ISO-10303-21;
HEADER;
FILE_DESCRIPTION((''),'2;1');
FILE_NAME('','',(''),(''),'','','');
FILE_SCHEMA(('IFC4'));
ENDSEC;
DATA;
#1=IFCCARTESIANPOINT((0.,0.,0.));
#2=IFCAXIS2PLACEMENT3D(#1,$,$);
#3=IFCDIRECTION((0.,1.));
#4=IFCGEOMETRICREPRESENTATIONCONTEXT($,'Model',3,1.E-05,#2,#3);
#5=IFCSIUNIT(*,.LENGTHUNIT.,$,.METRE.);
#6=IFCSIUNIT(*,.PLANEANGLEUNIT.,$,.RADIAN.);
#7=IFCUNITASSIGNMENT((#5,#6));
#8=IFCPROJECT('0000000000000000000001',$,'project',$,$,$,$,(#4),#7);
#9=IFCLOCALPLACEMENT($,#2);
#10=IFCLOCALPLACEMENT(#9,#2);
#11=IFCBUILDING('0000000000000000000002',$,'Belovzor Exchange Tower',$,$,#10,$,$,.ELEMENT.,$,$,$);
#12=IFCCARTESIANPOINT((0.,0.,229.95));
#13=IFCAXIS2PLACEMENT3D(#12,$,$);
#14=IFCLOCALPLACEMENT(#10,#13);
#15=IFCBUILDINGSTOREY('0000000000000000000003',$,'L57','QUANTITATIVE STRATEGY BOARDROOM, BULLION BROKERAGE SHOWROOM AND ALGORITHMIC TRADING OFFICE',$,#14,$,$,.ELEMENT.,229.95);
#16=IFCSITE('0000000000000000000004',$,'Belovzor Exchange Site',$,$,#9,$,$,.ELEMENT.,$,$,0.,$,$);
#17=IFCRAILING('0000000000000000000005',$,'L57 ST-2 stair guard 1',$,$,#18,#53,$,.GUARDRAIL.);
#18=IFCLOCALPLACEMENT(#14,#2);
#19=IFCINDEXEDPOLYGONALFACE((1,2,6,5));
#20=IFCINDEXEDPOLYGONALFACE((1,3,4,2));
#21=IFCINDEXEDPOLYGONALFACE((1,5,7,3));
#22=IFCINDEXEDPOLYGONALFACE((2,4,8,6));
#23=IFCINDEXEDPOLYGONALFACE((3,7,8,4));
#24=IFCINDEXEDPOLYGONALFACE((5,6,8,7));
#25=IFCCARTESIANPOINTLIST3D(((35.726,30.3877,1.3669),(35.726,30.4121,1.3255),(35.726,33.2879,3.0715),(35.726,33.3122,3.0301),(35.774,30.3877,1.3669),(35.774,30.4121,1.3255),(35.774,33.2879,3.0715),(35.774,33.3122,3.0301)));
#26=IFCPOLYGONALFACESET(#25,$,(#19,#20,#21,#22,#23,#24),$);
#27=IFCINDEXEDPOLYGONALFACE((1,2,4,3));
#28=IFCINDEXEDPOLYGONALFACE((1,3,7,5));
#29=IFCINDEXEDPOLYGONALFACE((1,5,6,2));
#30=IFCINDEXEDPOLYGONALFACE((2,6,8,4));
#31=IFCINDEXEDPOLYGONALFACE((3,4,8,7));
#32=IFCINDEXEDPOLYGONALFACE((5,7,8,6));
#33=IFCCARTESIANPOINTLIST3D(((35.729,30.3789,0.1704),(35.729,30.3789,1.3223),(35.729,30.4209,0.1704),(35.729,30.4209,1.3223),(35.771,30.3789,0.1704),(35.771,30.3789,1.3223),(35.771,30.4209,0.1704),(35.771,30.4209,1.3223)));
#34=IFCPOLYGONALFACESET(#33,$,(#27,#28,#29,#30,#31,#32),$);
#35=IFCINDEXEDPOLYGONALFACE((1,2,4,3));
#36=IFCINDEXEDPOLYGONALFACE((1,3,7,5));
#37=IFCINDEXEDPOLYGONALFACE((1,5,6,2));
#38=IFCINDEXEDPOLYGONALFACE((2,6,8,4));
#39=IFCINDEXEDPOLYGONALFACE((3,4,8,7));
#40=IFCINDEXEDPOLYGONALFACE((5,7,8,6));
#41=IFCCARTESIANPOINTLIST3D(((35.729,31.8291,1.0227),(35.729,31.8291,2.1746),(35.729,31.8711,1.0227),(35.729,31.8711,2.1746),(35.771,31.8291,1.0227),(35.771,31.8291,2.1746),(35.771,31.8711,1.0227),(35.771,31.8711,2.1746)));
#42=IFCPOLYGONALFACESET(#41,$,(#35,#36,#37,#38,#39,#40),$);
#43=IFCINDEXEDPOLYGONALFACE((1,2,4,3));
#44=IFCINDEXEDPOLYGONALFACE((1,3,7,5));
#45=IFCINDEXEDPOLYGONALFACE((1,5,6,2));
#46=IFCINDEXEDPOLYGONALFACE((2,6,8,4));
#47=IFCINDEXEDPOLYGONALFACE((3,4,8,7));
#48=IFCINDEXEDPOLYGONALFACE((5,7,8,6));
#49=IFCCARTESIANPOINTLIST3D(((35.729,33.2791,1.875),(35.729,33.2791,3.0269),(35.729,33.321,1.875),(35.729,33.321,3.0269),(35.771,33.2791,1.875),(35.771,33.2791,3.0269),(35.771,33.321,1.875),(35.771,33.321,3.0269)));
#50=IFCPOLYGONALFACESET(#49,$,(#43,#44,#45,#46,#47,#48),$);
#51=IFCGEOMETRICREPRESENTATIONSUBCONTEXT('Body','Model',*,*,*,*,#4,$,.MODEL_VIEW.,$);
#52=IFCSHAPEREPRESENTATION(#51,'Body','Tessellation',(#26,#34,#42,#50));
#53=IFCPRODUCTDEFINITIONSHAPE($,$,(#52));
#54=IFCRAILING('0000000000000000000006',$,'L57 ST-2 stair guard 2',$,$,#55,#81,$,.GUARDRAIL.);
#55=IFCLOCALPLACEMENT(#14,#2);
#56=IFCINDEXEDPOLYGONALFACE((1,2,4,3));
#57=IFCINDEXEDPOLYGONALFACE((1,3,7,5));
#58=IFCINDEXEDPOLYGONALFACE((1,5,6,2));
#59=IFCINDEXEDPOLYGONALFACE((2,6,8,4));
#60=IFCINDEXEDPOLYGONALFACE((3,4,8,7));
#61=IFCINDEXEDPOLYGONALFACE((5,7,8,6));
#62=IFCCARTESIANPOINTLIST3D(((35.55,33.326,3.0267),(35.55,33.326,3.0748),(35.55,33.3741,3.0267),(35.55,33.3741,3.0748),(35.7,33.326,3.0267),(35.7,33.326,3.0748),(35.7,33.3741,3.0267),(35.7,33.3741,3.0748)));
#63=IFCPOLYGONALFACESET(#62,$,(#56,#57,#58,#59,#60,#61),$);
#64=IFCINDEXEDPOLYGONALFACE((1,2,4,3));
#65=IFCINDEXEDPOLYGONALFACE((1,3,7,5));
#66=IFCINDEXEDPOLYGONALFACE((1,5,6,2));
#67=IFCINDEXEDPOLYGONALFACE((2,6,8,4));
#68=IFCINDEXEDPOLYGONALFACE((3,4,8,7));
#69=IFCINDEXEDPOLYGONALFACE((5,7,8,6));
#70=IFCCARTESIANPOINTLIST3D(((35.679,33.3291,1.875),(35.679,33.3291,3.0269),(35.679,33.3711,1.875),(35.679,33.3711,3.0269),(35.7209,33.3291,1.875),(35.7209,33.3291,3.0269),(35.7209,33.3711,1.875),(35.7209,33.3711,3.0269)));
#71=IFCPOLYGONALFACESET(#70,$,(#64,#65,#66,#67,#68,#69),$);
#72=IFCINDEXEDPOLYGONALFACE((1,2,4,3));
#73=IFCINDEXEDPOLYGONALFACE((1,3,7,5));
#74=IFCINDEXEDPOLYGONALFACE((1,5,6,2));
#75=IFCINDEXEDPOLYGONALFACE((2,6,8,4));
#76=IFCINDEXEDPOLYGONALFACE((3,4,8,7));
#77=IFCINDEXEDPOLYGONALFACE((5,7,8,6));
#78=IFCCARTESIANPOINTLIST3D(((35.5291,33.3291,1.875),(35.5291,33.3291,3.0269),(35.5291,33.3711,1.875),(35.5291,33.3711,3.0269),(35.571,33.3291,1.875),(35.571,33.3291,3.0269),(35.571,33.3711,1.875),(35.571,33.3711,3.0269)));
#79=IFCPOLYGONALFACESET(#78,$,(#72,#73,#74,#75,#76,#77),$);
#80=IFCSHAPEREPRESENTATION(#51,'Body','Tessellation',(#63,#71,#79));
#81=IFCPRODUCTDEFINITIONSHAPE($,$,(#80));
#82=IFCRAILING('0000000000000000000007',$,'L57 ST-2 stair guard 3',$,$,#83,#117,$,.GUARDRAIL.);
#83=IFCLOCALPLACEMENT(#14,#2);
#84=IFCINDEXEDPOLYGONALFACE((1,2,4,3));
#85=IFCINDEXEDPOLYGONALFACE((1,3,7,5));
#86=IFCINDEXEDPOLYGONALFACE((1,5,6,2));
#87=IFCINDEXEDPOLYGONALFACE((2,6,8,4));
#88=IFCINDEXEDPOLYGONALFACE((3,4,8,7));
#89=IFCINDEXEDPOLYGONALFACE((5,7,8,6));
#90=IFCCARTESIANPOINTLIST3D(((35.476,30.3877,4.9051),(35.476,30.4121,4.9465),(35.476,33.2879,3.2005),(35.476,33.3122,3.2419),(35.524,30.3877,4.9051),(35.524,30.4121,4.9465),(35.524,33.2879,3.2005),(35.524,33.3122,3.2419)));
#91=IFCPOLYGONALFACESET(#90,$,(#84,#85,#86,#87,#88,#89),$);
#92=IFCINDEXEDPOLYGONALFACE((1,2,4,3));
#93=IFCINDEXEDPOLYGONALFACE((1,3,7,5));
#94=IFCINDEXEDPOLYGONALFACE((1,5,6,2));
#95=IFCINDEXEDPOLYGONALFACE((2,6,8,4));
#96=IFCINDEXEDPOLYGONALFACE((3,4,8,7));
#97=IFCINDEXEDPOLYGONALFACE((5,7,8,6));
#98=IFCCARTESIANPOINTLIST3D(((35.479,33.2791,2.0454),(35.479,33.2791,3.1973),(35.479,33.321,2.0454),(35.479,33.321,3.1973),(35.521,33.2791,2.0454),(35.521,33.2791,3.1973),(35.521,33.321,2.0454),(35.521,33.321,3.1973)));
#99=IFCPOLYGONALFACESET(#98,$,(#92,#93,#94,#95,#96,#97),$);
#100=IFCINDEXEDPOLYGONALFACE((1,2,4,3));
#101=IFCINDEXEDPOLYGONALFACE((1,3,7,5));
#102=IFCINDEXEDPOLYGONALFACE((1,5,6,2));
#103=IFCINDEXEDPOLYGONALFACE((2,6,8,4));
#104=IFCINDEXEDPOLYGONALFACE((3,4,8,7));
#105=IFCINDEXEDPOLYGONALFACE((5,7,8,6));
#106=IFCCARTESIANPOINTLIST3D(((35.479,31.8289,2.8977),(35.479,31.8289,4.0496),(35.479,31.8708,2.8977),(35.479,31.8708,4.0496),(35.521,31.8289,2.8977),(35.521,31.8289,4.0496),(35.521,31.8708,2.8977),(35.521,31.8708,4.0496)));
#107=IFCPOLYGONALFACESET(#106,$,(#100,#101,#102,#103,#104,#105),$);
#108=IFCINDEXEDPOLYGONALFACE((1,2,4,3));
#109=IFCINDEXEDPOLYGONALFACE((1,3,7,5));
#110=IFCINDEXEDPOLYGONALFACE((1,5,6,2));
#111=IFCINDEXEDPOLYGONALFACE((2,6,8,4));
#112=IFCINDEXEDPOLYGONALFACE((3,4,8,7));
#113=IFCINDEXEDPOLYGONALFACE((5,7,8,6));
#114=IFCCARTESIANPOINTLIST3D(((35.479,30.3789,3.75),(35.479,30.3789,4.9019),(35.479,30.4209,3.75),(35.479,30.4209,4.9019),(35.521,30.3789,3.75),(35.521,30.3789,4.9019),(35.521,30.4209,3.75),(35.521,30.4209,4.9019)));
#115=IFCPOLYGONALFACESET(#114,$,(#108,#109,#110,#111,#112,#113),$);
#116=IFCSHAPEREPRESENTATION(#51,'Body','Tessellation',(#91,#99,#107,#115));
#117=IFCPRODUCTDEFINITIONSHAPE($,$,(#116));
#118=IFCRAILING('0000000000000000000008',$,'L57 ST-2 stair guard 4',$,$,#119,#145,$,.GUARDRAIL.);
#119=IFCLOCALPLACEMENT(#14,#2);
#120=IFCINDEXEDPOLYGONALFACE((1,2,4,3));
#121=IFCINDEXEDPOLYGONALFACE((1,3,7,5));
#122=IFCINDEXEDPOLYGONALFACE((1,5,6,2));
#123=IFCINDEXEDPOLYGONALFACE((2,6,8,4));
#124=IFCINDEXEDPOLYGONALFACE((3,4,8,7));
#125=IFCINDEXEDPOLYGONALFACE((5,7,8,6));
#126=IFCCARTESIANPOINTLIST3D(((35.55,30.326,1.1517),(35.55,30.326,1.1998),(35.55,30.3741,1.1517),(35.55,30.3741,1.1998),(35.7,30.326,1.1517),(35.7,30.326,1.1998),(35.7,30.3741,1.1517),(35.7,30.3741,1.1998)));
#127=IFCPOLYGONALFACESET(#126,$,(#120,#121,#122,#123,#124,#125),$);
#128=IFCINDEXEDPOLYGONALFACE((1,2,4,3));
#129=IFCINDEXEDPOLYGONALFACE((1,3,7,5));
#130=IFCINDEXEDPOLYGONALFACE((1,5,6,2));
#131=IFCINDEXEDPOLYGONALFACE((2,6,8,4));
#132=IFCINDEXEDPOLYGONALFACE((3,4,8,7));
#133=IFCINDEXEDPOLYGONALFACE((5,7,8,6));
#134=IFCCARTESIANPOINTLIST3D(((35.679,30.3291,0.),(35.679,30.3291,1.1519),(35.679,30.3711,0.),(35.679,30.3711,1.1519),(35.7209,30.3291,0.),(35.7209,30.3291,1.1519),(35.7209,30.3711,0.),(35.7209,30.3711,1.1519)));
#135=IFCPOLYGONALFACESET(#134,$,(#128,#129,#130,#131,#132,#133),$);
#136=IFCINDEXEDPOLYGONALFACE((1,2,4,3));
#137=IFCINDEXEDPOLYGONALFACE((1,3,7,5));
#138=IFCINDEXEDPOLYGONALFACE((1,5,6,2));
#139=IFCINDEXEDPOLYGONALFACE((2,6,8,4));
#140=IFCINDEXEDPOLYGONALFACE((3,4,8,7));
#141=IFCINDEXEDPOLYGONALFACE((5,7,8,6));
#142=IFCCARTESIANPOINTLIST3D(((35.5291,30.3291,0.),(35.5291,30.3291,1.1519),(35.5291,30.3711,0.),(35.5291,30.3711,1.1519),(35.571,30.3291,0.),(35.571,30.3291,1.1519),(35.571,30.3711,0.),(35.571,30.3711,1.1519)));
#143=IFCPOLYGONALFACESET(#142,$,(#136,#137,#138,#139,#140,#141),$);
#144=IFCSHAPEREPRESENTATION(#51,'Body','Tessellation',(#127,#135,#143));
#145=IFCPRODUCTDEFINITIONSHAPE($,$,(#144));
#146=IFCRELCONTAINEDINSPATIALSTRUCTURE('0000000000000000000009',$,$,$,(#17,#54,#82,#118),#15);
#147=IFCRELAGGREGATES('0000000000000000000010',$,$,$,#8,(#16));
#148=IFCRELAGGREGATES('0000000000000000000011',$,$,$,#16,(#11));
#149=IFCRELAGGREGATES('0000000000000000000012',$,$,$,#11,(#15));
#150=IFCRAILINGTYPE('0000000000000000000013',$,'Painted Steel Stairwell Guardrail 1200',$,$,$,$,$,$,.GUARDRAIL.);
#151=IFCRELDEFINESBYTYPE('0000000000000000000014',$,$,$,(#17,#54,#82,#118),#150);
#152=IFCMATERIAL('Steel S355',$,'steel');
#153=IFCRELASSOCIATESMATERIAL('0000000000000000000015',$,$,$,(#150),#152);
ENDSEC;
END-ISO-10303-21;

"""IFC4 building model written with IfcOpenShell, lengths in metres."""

from ifc_helpers import new_model, si_unit, direction, frame, origin, origin_2d, place, context, subcontext, project, spatial, rectangle, extrude, material, type_object, element, save


model = new_model("IFC4")

# Units and contexts
model_context = context("Model", 3, precision=1e-05, world=origin(), true_north=direction((0.0, 1.0)))
body_context = subcontext(model_context, "Body", "Model", "MODEL_VIEW")
ifc_project = project(units=[si_unit("LENGTHUNIT", "METRE"), si_unit("PLANEANGLEUNIT", "RADIAN")], contexts=[model_context])

# Site, building, storey
site_placement = place(None, origin())
site = spatial("IfcSite", under=ifc_project, at=site_placement, Name="Belovzor Exchange Site", CompositionType="ELEMENT", RefElevation=0.0)
building_placement = place(site_placement, origin())
building = spatial("IfcBuilding", under=site, at=building_placement, Name="Belovzor Exchange Tower", CompositionType="ELEMENT")
storey_placement = place(building_placement, frame((0.0, 0.0, 229.95)))
storey = spatial("IfcBuildingStorey", under=building, at=storey_placement, Name="L57", Description="QUANTITATIVE STRATEGY BOARDROOM, BULLION BROKERAGE SHOWROOM AND ALGORITHMIC TRADING OFFICE", CompositionType="ELEMENT", Elevation=229.95)

# Railings
ifc_material_1 = material(Name="Steel S355", Category="steel")
railing_type_1 = type_object("IfcRailingType", Name="Painted Steel Stairwell Guardrail 1200", PredefinedType="GUARDRAIL", material=ifc_material_1)
railing_1_placement = place(storey_placement, frame((35.75, 30.3999, 0.1704)))
element("IfcRailing", 1, at=railing_1_placement, inside=storey, type_object=railing_type_1, Name="L57 ST-2 stair guard 1", PredefinedType="GUARDRAIL", context=body_context, shape_type="SweptSolid", body=[
    extrude(rectangle(XDim=0.0481, YDim=0.0481, at=origin_2d()), frame((0.0, 0.0, 1.1758), z_axis=(0.0, 0.862113, 0.506716), x_axis=(-1.0, 0.0, 0.0)), (0.0, 0.0, 1.0), 3.364),
    extrude(rectangle(XDim=0.042, YDim=0.042, at=origin_2d()), origin(), (0.0, 0.0, 1.0), 1.1519),
    extrude(rectangle(XDim=0.042, YDim=0.042, at=origin_2d()), frame((0.0, 1.4502, 0.8523)), (0.0, 0.0, 1.0), 1.1519),
    extrude(rectangle(XDim=0.042, YDim=0.042, at=origin_2d()), frame((0.0, 2.9001, 1.7046)), (0.0, 0.0, 1.0), 1.1519),
])
railing_2_placement = place(storey_placement, frame((35.7, 33.3501, 1.875)))
element("IfcRailing", 2, at=railing_2_placement, inside=storey, type_object=railing_type_1, Name="L57 ST-2 stair guard 2", PredefinedType="GUARDRAIL", context=body_context, shape_type="SweptSolid", body=[
    extrude(rectangle(XDim=0.0481, YDim=0.0481, at=origin_2d()), frame((0.0, 0.0, 1.1758), z_axis=(-1.0, 0.0, 0.0), x_axis=(0.0, -1.0, 0.0)), (0.0, 0.0, 1.0), 0.1499),
    extrude(rectangle(XDim=0.042, YDim=0.042, at=origin_2d()), origin(), (0.0, 0.0, 1.0), 1.1519),
    extrude(rectangle(XDim=0.042, YDim=0.042, at=origin_2d()), frame((-0.1499, 0.0, 0.0)), (0.0, 0.0, 1.0), 1.1519),
])
railing_3_placement = place(storey_placement, frame((35.5, 33.3, 2.0454)))
element("IfcRailing", 3, at=railing_3_placement, inside=storey, type_object=railing_type_1, Name="L57 ST-2 stair guard 3", PredefinedType="GUARDRAIL", context=body_context, shape_type="SweptSolid", body=[
    extrude(rectangle(XDim=0.0481, YDim=0.0481, at=origin_2d()), frame((0.0, 0.0, 1.1758), z_axis=(0.0, -0.862113, 0.506716), x_axis=(1.0, 0.0, 0.0)), (0.0, 0.0, 1.0), 3.364),
    extrude(rectangle(XDim=0.042, YDim=0.042, at=origin_2d()), origin(), (0.0, 0.0, 1.0), 1.1519),
    extrude(rectangle(XDim=0.042, YDim=0.042, at=origin_2d()), frame((0.0, -1.4502, 0.8523)), (0.0, 0.0, 1.0), 1.1519),
    extrude(rectangle(XDim=0.042, YDim=0.042, at=origin_2d()), frame((0.0, -2.9001, 1.7046)), (0.0, 0.0, 1.0), 1.1519),
])
railing_4_placement = place(storey_placement, frame((35.7, 30.3501, 0.0)))
element("IfcRailing", 4, at=railing_4_placement, inside=storey, type_object=railing_type_1, Name="L57 ST-2 stair guard 4", PredefinedType="GUARDRAIL", context=body_context, shape_type="SweptSolid", body=[
    extrude(rectangle(XDim=0.0481, YDim=0.0481, at=origin_2d()), frame((0.0, 0.0, 1.1758), z_axis=(-1.0, 0.0, 0.0), x_axis=(0.0, -1.0, 0.0)), (0.0, 0.0, 1.0), 0.1499),
    extrude(rectangle(XDim=0.042, YDim=0.042, at=origin_2d()), origin(), (0.0, 0.0, 1.0), 1.1519),
    extrude(rectangle(XDim=0.042, YDim=0.042, at=origin_2d()), frame((-0.1499, 0.0, 0.0)), (0.0, 0.0, 1.0), 1.1519),
])

save(model, "model.ifc")
